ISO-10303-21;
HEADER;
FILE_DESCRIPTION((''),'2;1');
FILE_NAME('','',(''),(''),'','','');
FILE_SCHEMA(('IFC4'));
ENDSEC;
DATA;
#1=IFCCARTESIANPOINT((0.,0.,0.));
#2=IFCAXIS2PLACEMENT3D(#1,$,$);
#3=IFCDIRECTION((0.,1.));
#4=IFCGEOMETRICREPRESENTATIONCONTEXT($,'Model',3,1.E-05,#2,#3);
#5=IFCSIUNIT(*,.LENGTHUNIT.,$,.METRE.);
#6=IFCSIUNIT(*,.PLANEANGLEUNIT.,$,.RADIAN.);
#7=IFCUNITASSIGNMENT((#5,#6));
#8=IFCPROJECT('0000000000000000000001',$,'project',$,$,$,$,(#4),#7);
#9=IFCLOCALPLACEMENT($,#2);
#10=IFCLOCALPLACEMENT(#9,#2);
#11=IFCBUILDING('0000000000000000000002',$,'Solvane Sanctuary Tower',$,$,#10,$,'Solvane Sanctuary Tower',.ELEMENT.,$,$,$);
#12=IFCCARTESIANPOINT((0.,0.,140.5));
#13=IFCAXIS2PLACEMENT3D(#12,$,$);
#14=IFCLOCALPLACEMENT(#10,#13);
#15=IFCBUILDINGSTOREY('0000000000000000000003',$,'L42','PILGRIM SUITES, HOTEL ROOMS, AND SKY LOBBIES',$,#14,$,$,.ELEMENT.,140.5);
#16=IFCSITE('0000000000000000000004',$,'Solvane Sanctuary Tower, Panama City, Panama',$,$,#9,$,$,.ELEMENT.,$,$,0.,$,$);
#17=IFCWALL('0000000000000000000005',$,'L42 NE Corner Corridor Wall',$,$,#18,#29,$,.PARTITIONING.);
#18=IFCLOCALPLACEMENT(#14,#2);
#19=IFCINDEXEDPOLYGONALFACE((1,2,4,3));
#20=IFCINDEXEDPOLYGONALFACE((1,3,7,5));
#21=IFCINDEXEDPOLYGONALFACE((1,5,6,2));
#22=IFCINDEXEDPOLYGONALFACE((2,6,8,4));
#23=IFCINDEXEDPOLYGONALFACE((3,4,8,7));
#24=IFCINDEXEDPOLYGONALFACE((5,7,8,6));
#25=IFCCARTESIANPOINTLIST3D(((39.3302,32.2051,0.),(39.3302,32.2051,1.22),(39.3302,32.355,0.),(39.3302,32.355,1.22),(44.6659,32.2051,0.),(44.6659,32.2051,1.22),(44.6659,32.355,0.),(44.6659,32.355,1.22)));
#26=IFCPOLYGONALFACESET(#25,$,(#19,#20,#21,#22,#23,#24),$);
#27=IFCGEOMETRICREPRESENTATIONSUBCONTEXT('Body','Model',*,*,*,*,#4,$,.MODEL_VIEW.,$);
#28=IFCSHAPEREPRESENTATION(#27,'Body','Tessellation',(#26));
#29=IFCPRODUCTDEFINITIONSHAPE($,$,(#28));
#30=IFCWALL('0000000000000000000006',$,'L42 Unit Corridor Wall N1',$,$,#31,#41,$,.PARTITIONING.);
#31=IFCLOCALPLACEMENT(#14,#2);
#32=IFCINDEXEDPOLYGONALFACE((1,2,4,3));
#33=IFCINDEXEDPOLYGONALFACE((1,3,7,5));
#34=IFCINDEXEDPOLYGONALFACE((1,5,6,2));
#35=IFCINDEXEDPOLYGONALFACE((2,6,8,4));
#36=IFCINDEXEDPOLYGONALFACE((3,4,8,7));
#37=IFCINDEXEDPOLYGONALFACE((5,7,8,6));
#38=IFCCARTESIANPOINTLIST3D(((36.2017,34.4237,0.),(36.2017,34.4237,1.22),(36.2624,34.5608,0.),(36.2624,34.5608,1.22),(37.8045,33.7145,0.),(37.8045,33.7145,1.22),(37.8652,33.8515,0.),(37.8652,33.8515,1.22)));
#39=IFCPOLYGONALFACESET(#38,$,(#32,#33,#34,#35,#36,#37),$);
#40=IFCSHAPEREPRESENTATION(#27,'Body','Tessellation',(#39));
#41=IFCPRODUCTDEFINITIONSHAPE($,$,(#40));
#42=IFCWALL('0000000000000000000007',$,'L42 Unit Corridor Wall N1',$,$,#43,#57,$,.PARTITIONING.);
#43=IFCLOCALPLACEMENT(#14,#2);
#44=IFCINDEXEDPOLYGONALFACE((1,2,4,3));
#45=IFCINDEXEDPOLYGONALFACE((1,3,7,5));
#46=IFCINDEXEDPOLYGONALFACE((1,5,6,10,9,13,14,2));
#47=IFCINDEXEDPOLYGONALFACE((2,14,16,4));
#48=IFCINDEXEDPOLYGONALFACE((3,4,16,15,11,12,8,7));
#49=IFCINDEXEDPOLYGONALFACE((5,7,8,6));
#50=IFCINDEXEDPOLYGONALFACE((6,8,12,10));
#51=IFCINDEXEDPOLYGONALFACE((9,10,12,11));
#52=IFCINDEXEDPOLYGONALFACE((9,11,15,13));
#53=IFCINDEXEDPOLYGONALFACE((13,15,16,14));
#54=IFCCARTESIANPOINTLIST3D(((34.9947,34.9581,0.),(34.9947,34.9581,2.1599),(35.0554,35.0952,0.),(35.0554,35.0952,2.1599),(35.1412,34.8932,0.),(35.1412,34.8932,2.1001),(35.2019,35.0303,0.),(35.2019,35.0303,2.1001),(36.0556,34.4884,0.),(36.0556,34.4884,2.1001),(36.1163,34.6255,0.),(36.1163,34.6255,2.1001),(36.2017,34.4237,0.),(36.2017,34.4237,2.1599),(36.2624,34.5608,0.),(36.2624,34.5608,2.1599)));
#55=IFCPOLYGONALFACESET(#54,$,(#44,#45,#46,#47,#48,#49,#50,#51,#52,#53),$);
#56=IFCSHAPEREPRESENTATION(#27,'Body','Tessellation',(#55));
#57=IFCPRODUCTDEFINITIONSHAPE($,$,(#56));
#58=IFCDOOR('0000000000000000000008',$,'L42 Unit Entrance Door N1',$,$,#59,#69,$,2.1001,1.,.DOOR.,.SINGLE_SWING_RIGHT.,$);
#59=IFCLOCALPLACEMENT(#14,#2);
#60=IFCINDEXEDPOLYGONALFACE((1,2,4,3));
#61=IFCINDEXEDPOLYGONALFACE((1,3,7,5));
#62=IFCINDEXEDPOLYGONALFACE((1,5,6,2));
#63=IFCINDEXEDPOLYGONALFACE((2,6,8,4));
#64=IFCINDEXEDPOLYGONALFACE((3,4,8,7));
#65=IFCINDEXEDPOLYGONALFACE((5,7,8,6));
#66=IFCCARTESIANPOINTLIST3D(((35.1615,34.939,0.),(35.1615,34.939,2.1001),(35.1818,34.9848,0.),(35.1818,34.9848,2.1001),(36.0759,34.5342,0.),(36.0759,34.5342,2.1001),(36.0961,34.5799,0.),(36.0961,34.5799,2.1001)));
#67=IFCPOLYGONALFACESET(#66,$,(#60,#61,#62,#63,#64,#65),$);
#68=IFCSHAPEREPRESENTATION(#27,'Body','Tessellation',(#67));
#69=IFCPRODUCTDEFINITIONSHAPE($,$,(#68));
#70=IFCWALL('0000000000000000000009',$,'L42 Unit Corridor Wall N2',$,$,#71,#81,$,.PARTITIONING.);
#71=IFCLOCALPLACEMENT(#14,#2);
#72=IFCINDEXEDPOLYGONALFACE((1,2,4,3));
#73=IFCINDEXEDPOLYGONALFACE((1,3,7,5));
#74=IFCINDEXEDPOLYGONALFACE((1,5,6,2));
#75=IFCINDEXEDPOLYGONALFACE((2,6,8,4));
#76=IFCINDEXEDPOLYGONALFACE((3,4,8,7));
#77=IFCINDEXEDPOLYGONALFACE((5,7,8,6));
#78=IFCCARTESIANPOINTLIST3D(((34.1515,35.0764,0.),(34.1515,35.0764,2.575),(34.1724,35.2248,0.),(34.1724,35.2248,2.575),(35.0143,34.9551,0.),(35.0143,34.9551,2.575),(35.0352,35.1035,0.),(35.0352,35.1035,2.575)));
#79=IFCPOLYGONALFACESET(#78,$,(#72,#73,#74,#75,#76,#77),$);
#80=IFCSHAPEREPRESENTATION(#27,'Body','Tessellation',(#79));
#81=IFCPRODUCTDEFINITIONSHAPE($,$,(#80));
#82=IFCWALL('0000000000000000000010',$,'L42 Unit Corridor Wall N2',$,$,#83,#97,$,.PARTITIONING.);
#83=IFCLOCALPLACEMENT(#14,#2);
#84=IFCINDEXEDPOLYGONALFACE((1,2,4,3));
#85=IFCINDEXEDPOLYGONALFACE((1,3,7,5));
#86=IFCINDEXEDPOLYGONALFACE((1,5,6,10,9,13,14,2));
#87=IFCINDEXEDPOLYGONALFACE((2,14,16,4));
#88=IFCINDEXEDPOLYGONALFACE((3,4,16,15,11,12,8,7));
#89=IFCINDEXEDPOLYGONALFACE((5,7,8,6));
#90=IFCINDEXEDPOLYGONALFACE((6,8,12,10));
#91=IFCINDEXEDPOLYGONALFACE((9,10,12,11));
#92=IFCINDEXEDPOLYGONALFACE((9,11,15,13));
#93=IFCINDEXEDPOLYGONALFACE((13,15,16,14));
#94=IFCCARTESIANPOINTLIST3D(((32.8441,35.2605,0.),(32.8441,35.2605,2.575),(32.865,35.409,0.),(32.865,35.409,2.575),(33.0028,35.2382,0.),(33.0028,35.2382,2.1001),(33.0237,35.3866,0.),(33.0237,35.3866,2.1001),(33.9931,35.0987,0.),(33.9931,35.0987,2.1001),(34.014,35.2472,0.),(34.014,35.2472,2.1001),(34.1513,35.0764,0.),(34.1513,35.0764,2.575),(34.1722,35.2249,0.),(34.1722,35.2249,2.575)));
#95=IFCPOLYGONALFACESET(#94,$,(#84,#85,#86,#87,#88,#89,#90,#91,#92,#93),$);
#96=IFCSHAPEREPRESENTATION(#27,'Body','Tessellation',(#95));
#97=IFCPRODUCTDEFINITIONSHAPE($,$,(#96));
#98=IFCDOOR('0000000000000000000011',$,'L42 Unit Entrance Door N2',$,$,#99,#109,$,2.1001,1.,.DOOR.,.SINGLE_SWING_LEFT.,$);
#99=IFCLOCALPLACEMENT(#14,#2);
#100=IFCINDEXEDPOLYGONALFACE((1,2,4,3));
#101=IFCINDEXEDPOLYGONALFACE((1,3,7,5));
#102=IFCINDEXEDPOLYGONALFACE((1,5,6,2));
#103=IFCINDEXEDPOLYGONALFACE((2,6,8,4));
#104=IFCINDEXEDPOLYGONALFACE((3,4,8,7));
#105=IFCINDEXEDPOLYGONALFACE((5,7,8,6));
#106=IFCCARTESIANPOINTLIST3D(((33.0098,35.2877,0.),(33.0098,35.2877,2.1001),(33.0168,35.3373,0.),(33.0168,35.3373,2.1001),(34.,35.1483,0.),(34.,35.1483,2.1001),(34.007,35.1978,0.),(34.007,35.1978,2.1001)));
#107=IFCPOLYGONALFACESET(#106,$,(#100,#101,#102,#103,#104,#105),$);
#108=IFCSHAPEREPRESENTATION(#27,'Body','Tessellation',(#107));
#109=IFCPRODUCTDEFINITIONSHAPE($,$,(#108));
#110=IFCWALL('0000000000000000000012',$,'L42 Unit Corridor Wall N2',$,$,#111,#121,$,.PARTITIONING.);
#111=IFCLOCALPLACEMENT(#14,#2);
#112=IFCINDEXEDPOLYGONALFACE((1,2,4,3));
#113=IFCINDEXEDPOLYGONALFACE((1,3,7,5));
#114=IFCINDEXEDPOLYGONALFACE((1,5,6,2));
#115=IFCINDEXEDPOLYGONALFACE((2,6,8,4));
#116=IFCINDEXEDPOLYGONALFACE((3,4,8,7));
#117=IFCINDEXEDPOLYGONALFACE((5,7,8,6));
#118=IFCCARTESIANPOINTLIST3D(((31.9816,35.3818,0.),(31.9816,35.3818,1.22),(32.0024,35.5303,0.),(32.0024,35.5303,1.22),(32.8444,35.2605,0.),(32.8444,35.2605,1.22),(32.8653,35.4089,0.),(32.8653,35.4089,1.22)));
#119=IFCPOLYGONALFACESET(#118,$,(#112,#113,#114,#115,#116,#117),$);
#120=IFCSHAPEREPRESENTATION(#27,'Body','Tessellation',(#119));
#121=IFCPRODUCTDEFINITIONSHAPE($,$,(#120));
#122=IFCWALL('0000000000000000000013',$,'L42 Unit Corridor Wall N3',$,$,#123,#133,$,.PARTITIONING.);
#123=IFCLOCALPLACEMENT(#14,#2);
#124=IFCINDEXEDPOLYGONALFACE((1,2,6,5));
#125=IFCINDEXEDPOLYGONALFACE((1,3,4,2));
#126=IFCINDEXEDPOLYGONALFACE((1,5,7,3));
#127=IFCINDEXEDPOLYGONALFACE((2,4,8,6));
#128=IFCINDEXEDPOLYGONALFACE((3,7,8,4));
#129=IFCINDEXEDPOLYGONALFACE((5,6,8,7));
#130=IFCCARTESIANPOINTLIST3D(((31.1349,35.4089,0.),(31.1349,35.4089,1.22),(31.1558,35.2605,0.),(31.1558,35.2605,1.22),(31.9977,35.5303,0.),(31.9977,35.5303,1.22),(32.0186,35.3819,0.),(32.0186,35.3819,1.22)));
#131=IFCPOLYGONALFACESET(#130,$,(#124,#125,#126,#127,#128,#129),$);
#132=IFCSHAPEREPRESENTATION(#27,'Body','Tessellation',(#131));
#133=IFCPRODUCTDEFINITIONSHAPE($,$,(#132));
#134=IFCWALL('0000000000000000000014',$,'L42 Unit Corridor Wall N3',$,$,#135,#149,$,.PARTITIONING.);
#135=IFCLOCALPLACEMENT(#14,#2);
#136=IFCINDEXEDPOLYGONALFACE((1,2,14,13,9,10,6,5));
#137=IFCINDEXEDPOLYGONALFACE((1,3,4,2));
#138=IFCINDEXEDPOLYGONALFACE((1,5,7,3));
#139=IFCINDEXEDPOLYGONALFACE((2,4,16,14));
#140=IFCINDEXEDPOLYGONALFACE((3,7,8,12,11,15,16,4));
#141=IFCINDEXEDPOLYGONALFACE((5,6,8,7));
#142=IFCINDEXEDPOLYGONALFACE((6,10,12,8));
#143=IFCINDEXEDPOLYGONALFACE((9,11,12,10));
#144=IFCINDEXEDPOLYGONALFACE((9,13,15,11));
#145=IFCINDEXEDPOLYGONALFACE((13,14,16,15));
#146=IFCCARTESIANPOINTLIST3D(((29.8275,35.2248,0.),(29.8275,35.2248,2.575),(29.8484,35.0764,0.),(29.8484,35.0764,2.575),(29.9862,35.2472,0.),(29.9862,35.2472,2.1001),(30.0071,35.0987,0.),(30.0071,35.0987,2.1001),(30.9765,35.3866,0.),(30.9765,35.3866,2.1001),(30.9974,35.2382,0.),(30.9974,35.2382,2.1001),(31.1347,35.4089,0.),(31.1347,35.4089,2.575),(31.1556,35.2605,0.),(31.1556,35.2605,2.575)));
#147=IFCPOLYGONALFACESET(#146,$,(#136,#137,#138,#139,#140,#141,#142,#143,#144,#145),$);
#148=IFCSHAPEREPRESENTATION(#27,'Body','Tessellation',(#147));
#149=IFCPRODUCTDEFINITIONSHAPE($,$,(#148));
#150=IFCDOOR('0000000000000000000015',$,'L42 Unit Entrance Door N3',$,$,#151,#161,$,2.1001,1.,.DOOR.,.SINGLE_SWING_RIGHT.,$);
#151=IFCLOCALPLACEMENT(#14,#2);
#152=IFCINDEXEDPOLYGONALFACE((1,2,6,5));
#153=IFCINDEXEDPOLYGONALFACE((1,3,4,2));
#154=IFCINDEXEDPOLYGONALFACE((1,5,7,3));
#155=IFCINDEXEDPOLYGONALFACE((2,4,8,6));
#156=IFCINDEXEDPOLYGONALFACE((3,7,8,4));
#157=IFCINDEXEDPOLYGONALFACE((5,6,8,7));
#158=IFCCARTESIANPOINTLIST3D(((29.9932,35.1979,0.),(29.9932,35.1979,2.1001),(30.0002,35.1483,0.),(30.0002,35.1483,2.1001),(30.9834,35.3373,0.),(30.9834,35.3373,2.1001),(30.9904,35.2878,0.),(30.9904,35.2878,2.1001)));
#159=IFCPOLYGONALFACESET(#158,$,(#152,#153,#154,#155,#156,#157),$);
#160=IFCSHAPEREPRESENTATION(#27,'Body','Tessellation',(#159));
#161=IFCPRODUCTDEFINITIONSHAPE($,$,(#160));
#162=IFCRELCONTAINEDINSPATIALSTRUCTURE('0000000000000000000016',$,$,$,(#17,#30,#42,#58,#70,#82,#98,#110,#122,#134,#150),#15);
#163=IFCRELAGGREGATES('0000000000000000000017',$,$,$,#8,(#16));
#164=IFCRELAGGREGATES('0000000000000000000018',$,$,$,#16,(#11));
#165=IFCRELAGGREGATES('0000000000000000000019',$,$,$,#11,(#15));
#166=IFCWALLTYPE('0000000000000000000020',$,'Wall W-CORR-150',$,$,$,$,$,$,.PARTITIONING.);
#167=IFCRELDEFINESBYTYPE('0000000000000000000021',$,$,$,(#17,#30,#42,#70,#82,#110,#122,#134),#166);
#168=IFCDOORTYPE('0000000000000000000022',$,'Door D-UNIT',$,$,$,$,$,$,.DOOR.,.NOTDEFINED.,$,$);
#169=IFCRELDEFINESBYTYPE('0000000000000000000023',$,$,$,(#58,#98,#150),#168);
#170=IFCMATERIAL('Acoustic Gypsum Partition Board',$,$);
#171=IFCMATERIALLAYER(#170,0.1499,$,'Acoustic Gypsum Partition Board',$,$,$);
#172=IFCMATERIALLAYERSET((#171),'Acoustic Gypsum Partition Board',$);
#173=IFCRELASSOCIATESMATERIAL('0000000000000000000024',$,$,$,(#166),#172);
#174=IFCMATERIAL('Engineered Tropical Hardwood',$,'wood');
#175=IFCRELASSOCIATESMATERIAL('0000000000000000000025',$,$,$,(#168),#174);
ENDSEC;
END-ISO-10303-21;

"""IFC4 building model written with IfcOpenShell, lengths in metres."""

from ifc_helpers import new_model, si_unit, direction, frame, frame_2d, origin, place, context, subcontext, project, spatial, rectangle, extrude, material, layer, layer_set, type_object, element, fill, save


model = new_model("IFC4")

# Units and contexts
model_context = context("Model", 3, precision=1e-05, world=origin(), true_north=direction((0.0, 1.0)))
body_context = subcontext(model_context, "Body", "Model", "MODEL_VIEW")
ifc_project = project(units=[si_unit("LENGTHUNIT", "METRE"), si_unit("PLANEANGLEUNIT", "RADIAN")], contexts=[model_context])

# Site, building, storey
site_placement = place(None, origin())
site = spatial("IfcSite", under=ifc_project, at=site_placement, Name="Solvane Sanctuary Tower, Panama City, Panama", CompositionType="ELEMENT", RefElevation=0.0)
building_placement = place(site_placement, origin())
building = spatial("IfcBuilding", under=site, at=building_placement, Name="Solvane Sanctuary Tower", LongName="Solvane Sanctuary Tower", CompositionType="ELEMENT")
storey_placement = place(building_placement, frame((0.0, 0.0, 140.5)))
storey = spatial("IfcBuildingStorey", under=building, at=storey_placement, Name="L42", Description="PILGRIM SUITES, HOTEL ROOMS, AND SKY LOBBIES", CompositionType="ELEMENT", Elevation=140.5)

# Walls
ifc_material_1 = material(Name="Acoustic Gypsum Partition Board")
ifc_layer_1 = layer(ifc_material_1, 0.1499, Name="Acoustic Gypsum Partition Board")
ifc_layer_set_1 = layer_set([ifc_layer_1], Name="Acoustic Gypsum Partition Board")
wall_type_1 = type_object("IfcWallType", Name="Wall W-CORR-150", PredefinedType="PARTITIONING", material=ifc_layer_set_1)
wall_1_placement = place(storey_placement, frame((39.3301, 32.28, 0.0), z_axis=(0.0, 0.0, 1.0), x_axis=(1.0, 0.0, 0.0)))
element("IfcWall", 1, at=wall_1_placement, inside=storey, type_object=wall_type_1, Name="L42 NE Corner Corridor Wall", PredefinedType="PARTITIONING", context=body_context, shape_type="SweptSolid", body=[
    extrude(rectangle(XDim=5.3357, YDim=0.1499, at=frame_2d((2.668, 0.0))), origin(), (0.0, 0.0, 1.0), 1.22),
])
wall_2_placement = place(storey_placement, frame((37.835, 33.783, 0.0), z_axis=(0.0, 0.0, 1.0), x_axis=(-0.914471, 0.404652, 0.0)))
element("IfcWall", 2, at=wall_2_placement, inside=storey, type_object=wall_type_1, Name="L42 Unit Corridor Wall N1", PredefinedType="PARTITIONING", context=body_context, shape_type="SweptSolid", body=[
    extrude(rectangle(XDim=1.7527, YDim=0.1499, at=frame_2d((0.8765, 0.0))), origin(), (0.0, 0.0, 1.0), 1.22),
])

# Wall, opening, door
wall_3_placement = place(storey_placement, frame((36.2322, 34.4922, 0.0), z_axis=(0.0, 0.0, 1.0), x_axis=(-0.914383, 0.404851, 0.0)))
wall_3 = element("IfcWall", 3, at=wall_3_placement, inside=storey, type_object=wall_type_1, Name="L42 Unit Corridor Wall N1", PredefinedType="PARTITIONING", context=body_context, shape_type="SweptSolid", body=[
    extrude(rectangle(XDim=1.3201, YDim=0.1499, at=frame_2d((0.6602, 0.0))), origin(), (0.0, 0.0, 1.0), 2.1599),
])
opening_1_placement = place(wall_3_placement, frame((0.1599, 0.0, 0.0)))
opening_1 = element("IfcOpeningElement", 4, at=opening_1_placement, cuts=wall_3, PredefinedType="OPENING", context=body_context, shape_type="SweptSolid", body=[
    extrude(rectangle(XDim=1.0, YDim=2.1001, at=frame_2d((0.5, 1.05))), frame((0.0, 0.085, 0.0), z_axis=(0.0, -1.0, 0.0), x_axis=(1.0, 0.0, 0.0)), (0.0, 0.0, 1.0), 0.1699),
])
ifc_material_2 = material(Name="Engineered Tropical Hardwood", Category="wood")
door_type = type_object("IfcDoorType", Name="Door D-UNIT", OperationType="NOTDEFINED", PredefinedType="DOOR", material=ifc_material_2)
door_1_placement = place(opening_1_placement, origin())
door_1 = element("IfcDoor", 5, at=door_1_placement, inside=storey, type_object=door_type, Name="L42 Unit Entrance Door N1", OperationType="SINGLE_SWING_RIGHT", OverallHeight=2.1001, OverallWidth=1.0, PredefinedType="DOOR", context=body_context, shape_type="SweptSolid", body=[
    extrude(rectangle(XDim=1.0, YDim=2.1001, at=frame_2d((0.5, 1.05))), frame((0.0, 0.0249, 0.0), z_axis=(0.0, -1.0, 0.0), x_axis=(1.0, 0.0, 0.0)), (0.0, 0.0, 1.0), 0.05),
])
fill(opening_1, door_1)

# Wall
wall_4_placement = place(storey_placement, frame((35.0247, 35.0293, 0.0), z_axis=(0.0, 0.0, 1.0), x_axis=(-0.990255, 0.139263, 0.0)))
element("IfcWall", 6, at=wall_4_placement, inside=storey, type_object=wall_type_1, Name="L42 Unit Corridor Wall N2", PredefinedType="PARTITIONING", context=body_context, shape_type="SweptSolid", body=[
    extrude(rectangle(XDim=0.8713, YDim=0.1499, at=frame_2d((0.4355, 0.0))), origin(), (0.0, 0.0, 1.0), 2.575),
])

# Wall, opening, door
wall_5_placement = place(storey_placement, frame((34.1619, 35.1506, 0.0), z_axis=(0.0, 0.0, 1.0), x_axis=(-0.990229, 0.139453, 0.0)))
wall_5 = element("IfcWall", 7, at=wall_5_placement, inside=storey, type_object=wall_type_1, Name="L42 Unit Corridor Wall N2", PredefinedType="PARTITIONING", context=body_context, shape_type="SweptSolid", body=[
    extrude(rectangle(XDim=1.3201, YDim=0.1499, at=frame_2d((0.6602, 0.0))), origin(), (0.0, 0.0, 1.0), 2.575),
])
opening_2_placement = place(wall_5_placement, frame((0.1599, 0.0, 0.0)))
opening_2 = element("IfcOpeningElement", 8, at=opening_2_placement, cuts=wall_5, PredefinedType="OPENING", context=body_context, shape_type="SweptSolid", body=[
    extrude(rectangle(XDim=1.0, YDim=2.1001, at=frame_2d((0.5, 1.05))), frame((0.0, 0.085, 0.0), z_axis=(0.0, -1.0, 0.0), x_axis=(1.0, 0.0, 0.0)), (0.0, 0.0, 1.0), 0.1699),
])
door_2_placement = place(opening_2_placement, origin())
door_2 = element("IfcDoor", 9, at=door_2_placement, inside=storey, type_object=door_type, Name="L42 Unit Entrance Door N2", OperationType="SINGLE_SWING_LEFT", OverallHeight=2.1001, OverallWidth=1.0, PredefinedType="DOOR", context=body_context, shape_type="SweptSolid", body=[
    extrude(rectangle(XDim=1.0, YDim=2.1001, at=frame_2d((0.5, 1.05))), frame((0.0, 0.0249, 0.0), z_axis=(0.0, -1.0, 0.0), x_axis=(1.0, 0.0, 0.0)), (0.0, 0.0, 1.0), 0.05),
])
fill(opening_2, door_2)

# Walls
for number, where, z_axis, x_axis, name in (
    (10, (32.8547, 35.3347, 0.0), (0.0, 0.0, 1.0), (-0.990255, 0.139263, 0.0), "L42 Unit Corridor Wall N2"),
    (11, (32.0081, 35.4561, 0.0), (0.0, 0.0, 1.0), (-0.990255, -0.139263, 0.0), "L42 Unit Corridor Wall N3"),
):
    element("IfcWall", number, at=place(storey_placement, frame(where, z_axis=z_axis, x_axis=x_axis)), inside=storey, type_object=wall_type_1, Name=name, PredefinedType="PARTITIONING", context=body_context, shape_type="SweptSolid", body=[
        extrude(rectangle(XDim=0.8713, YDim=0.1499, at=frame_2d((0.4355, 0.0))), origin(), (0.0, 0.0, 1.0), 1.22),
    ])

# Wall, opening, door
wall_6_placement = place(storey_placement, frame((31.1453, 35.3347, 0.0), z_axis=(0.0, 0.0, 1.0), x_axis=(-0.990229, -0.139453, 0.0)))
wall_6 = element("IfcWall", 12, at=wall_6_placement, inside=storey, type_object=wall_type_1, Name="L42 Unit Corridor Wall N3", PredefinedType="PARTITIONING", context=body_context, shape_type="SweptSolid", body=[
    extrude(rectangle(XDim=1.3201, YDim=0.1499, at=frame_2d((0.6602, 0.0))), origin(), (0.0, 0.0, 1.0), 2.575),
])
opening_3_placement = place(wall_6_placement, frame((0.1599, 0.0, 0.0)))
opening_3 = element("IfcOpeningElement", 13, at=opening_3_placement, cuts=wall_6, PredefinedType="OPENING", context=body_context, shape_type="SweptSolid", body=[
    extrude(rectangle(XDim=1.0, YDim=2.1001, at=frame_2d((0.5, 1.05))), frame((0.0, 0.085, 0.0), z_axis=(0.0, -1.0, 0.0), x_axis=(1.0, 0.0, 0.0)), (0.0, 0.0, 1.0), 0.1699),
])
door_3_placement = place(opening_3_placement, origin())
door_3 = element("IfcDoor", 14, at=door_3_placement, inside=storey, type_object=door_type, Name="L42 Unit Entrance Door N3", OperationType="SINGLE_SWING_RIGHT", OverallHeight=2.1001, OverallWidth=1.0, PredefinedType="DOOR", context=body_context, shape_type="SweptSolid", body=[
    extrude(rectangle(XDim=1.0, YDim=2.1001, at=frame_2d((0.5, 1.05))), frame((0.0, 0.0249, 0.0), z_axis=(0.0, -1.0, 0.0), x_axis=(1.0, 0.0, 0.0)), (0.0, 0.0, 1.0), 0.05),
])
fill(opening_3, door_3)

save(model, "model.ifc")
